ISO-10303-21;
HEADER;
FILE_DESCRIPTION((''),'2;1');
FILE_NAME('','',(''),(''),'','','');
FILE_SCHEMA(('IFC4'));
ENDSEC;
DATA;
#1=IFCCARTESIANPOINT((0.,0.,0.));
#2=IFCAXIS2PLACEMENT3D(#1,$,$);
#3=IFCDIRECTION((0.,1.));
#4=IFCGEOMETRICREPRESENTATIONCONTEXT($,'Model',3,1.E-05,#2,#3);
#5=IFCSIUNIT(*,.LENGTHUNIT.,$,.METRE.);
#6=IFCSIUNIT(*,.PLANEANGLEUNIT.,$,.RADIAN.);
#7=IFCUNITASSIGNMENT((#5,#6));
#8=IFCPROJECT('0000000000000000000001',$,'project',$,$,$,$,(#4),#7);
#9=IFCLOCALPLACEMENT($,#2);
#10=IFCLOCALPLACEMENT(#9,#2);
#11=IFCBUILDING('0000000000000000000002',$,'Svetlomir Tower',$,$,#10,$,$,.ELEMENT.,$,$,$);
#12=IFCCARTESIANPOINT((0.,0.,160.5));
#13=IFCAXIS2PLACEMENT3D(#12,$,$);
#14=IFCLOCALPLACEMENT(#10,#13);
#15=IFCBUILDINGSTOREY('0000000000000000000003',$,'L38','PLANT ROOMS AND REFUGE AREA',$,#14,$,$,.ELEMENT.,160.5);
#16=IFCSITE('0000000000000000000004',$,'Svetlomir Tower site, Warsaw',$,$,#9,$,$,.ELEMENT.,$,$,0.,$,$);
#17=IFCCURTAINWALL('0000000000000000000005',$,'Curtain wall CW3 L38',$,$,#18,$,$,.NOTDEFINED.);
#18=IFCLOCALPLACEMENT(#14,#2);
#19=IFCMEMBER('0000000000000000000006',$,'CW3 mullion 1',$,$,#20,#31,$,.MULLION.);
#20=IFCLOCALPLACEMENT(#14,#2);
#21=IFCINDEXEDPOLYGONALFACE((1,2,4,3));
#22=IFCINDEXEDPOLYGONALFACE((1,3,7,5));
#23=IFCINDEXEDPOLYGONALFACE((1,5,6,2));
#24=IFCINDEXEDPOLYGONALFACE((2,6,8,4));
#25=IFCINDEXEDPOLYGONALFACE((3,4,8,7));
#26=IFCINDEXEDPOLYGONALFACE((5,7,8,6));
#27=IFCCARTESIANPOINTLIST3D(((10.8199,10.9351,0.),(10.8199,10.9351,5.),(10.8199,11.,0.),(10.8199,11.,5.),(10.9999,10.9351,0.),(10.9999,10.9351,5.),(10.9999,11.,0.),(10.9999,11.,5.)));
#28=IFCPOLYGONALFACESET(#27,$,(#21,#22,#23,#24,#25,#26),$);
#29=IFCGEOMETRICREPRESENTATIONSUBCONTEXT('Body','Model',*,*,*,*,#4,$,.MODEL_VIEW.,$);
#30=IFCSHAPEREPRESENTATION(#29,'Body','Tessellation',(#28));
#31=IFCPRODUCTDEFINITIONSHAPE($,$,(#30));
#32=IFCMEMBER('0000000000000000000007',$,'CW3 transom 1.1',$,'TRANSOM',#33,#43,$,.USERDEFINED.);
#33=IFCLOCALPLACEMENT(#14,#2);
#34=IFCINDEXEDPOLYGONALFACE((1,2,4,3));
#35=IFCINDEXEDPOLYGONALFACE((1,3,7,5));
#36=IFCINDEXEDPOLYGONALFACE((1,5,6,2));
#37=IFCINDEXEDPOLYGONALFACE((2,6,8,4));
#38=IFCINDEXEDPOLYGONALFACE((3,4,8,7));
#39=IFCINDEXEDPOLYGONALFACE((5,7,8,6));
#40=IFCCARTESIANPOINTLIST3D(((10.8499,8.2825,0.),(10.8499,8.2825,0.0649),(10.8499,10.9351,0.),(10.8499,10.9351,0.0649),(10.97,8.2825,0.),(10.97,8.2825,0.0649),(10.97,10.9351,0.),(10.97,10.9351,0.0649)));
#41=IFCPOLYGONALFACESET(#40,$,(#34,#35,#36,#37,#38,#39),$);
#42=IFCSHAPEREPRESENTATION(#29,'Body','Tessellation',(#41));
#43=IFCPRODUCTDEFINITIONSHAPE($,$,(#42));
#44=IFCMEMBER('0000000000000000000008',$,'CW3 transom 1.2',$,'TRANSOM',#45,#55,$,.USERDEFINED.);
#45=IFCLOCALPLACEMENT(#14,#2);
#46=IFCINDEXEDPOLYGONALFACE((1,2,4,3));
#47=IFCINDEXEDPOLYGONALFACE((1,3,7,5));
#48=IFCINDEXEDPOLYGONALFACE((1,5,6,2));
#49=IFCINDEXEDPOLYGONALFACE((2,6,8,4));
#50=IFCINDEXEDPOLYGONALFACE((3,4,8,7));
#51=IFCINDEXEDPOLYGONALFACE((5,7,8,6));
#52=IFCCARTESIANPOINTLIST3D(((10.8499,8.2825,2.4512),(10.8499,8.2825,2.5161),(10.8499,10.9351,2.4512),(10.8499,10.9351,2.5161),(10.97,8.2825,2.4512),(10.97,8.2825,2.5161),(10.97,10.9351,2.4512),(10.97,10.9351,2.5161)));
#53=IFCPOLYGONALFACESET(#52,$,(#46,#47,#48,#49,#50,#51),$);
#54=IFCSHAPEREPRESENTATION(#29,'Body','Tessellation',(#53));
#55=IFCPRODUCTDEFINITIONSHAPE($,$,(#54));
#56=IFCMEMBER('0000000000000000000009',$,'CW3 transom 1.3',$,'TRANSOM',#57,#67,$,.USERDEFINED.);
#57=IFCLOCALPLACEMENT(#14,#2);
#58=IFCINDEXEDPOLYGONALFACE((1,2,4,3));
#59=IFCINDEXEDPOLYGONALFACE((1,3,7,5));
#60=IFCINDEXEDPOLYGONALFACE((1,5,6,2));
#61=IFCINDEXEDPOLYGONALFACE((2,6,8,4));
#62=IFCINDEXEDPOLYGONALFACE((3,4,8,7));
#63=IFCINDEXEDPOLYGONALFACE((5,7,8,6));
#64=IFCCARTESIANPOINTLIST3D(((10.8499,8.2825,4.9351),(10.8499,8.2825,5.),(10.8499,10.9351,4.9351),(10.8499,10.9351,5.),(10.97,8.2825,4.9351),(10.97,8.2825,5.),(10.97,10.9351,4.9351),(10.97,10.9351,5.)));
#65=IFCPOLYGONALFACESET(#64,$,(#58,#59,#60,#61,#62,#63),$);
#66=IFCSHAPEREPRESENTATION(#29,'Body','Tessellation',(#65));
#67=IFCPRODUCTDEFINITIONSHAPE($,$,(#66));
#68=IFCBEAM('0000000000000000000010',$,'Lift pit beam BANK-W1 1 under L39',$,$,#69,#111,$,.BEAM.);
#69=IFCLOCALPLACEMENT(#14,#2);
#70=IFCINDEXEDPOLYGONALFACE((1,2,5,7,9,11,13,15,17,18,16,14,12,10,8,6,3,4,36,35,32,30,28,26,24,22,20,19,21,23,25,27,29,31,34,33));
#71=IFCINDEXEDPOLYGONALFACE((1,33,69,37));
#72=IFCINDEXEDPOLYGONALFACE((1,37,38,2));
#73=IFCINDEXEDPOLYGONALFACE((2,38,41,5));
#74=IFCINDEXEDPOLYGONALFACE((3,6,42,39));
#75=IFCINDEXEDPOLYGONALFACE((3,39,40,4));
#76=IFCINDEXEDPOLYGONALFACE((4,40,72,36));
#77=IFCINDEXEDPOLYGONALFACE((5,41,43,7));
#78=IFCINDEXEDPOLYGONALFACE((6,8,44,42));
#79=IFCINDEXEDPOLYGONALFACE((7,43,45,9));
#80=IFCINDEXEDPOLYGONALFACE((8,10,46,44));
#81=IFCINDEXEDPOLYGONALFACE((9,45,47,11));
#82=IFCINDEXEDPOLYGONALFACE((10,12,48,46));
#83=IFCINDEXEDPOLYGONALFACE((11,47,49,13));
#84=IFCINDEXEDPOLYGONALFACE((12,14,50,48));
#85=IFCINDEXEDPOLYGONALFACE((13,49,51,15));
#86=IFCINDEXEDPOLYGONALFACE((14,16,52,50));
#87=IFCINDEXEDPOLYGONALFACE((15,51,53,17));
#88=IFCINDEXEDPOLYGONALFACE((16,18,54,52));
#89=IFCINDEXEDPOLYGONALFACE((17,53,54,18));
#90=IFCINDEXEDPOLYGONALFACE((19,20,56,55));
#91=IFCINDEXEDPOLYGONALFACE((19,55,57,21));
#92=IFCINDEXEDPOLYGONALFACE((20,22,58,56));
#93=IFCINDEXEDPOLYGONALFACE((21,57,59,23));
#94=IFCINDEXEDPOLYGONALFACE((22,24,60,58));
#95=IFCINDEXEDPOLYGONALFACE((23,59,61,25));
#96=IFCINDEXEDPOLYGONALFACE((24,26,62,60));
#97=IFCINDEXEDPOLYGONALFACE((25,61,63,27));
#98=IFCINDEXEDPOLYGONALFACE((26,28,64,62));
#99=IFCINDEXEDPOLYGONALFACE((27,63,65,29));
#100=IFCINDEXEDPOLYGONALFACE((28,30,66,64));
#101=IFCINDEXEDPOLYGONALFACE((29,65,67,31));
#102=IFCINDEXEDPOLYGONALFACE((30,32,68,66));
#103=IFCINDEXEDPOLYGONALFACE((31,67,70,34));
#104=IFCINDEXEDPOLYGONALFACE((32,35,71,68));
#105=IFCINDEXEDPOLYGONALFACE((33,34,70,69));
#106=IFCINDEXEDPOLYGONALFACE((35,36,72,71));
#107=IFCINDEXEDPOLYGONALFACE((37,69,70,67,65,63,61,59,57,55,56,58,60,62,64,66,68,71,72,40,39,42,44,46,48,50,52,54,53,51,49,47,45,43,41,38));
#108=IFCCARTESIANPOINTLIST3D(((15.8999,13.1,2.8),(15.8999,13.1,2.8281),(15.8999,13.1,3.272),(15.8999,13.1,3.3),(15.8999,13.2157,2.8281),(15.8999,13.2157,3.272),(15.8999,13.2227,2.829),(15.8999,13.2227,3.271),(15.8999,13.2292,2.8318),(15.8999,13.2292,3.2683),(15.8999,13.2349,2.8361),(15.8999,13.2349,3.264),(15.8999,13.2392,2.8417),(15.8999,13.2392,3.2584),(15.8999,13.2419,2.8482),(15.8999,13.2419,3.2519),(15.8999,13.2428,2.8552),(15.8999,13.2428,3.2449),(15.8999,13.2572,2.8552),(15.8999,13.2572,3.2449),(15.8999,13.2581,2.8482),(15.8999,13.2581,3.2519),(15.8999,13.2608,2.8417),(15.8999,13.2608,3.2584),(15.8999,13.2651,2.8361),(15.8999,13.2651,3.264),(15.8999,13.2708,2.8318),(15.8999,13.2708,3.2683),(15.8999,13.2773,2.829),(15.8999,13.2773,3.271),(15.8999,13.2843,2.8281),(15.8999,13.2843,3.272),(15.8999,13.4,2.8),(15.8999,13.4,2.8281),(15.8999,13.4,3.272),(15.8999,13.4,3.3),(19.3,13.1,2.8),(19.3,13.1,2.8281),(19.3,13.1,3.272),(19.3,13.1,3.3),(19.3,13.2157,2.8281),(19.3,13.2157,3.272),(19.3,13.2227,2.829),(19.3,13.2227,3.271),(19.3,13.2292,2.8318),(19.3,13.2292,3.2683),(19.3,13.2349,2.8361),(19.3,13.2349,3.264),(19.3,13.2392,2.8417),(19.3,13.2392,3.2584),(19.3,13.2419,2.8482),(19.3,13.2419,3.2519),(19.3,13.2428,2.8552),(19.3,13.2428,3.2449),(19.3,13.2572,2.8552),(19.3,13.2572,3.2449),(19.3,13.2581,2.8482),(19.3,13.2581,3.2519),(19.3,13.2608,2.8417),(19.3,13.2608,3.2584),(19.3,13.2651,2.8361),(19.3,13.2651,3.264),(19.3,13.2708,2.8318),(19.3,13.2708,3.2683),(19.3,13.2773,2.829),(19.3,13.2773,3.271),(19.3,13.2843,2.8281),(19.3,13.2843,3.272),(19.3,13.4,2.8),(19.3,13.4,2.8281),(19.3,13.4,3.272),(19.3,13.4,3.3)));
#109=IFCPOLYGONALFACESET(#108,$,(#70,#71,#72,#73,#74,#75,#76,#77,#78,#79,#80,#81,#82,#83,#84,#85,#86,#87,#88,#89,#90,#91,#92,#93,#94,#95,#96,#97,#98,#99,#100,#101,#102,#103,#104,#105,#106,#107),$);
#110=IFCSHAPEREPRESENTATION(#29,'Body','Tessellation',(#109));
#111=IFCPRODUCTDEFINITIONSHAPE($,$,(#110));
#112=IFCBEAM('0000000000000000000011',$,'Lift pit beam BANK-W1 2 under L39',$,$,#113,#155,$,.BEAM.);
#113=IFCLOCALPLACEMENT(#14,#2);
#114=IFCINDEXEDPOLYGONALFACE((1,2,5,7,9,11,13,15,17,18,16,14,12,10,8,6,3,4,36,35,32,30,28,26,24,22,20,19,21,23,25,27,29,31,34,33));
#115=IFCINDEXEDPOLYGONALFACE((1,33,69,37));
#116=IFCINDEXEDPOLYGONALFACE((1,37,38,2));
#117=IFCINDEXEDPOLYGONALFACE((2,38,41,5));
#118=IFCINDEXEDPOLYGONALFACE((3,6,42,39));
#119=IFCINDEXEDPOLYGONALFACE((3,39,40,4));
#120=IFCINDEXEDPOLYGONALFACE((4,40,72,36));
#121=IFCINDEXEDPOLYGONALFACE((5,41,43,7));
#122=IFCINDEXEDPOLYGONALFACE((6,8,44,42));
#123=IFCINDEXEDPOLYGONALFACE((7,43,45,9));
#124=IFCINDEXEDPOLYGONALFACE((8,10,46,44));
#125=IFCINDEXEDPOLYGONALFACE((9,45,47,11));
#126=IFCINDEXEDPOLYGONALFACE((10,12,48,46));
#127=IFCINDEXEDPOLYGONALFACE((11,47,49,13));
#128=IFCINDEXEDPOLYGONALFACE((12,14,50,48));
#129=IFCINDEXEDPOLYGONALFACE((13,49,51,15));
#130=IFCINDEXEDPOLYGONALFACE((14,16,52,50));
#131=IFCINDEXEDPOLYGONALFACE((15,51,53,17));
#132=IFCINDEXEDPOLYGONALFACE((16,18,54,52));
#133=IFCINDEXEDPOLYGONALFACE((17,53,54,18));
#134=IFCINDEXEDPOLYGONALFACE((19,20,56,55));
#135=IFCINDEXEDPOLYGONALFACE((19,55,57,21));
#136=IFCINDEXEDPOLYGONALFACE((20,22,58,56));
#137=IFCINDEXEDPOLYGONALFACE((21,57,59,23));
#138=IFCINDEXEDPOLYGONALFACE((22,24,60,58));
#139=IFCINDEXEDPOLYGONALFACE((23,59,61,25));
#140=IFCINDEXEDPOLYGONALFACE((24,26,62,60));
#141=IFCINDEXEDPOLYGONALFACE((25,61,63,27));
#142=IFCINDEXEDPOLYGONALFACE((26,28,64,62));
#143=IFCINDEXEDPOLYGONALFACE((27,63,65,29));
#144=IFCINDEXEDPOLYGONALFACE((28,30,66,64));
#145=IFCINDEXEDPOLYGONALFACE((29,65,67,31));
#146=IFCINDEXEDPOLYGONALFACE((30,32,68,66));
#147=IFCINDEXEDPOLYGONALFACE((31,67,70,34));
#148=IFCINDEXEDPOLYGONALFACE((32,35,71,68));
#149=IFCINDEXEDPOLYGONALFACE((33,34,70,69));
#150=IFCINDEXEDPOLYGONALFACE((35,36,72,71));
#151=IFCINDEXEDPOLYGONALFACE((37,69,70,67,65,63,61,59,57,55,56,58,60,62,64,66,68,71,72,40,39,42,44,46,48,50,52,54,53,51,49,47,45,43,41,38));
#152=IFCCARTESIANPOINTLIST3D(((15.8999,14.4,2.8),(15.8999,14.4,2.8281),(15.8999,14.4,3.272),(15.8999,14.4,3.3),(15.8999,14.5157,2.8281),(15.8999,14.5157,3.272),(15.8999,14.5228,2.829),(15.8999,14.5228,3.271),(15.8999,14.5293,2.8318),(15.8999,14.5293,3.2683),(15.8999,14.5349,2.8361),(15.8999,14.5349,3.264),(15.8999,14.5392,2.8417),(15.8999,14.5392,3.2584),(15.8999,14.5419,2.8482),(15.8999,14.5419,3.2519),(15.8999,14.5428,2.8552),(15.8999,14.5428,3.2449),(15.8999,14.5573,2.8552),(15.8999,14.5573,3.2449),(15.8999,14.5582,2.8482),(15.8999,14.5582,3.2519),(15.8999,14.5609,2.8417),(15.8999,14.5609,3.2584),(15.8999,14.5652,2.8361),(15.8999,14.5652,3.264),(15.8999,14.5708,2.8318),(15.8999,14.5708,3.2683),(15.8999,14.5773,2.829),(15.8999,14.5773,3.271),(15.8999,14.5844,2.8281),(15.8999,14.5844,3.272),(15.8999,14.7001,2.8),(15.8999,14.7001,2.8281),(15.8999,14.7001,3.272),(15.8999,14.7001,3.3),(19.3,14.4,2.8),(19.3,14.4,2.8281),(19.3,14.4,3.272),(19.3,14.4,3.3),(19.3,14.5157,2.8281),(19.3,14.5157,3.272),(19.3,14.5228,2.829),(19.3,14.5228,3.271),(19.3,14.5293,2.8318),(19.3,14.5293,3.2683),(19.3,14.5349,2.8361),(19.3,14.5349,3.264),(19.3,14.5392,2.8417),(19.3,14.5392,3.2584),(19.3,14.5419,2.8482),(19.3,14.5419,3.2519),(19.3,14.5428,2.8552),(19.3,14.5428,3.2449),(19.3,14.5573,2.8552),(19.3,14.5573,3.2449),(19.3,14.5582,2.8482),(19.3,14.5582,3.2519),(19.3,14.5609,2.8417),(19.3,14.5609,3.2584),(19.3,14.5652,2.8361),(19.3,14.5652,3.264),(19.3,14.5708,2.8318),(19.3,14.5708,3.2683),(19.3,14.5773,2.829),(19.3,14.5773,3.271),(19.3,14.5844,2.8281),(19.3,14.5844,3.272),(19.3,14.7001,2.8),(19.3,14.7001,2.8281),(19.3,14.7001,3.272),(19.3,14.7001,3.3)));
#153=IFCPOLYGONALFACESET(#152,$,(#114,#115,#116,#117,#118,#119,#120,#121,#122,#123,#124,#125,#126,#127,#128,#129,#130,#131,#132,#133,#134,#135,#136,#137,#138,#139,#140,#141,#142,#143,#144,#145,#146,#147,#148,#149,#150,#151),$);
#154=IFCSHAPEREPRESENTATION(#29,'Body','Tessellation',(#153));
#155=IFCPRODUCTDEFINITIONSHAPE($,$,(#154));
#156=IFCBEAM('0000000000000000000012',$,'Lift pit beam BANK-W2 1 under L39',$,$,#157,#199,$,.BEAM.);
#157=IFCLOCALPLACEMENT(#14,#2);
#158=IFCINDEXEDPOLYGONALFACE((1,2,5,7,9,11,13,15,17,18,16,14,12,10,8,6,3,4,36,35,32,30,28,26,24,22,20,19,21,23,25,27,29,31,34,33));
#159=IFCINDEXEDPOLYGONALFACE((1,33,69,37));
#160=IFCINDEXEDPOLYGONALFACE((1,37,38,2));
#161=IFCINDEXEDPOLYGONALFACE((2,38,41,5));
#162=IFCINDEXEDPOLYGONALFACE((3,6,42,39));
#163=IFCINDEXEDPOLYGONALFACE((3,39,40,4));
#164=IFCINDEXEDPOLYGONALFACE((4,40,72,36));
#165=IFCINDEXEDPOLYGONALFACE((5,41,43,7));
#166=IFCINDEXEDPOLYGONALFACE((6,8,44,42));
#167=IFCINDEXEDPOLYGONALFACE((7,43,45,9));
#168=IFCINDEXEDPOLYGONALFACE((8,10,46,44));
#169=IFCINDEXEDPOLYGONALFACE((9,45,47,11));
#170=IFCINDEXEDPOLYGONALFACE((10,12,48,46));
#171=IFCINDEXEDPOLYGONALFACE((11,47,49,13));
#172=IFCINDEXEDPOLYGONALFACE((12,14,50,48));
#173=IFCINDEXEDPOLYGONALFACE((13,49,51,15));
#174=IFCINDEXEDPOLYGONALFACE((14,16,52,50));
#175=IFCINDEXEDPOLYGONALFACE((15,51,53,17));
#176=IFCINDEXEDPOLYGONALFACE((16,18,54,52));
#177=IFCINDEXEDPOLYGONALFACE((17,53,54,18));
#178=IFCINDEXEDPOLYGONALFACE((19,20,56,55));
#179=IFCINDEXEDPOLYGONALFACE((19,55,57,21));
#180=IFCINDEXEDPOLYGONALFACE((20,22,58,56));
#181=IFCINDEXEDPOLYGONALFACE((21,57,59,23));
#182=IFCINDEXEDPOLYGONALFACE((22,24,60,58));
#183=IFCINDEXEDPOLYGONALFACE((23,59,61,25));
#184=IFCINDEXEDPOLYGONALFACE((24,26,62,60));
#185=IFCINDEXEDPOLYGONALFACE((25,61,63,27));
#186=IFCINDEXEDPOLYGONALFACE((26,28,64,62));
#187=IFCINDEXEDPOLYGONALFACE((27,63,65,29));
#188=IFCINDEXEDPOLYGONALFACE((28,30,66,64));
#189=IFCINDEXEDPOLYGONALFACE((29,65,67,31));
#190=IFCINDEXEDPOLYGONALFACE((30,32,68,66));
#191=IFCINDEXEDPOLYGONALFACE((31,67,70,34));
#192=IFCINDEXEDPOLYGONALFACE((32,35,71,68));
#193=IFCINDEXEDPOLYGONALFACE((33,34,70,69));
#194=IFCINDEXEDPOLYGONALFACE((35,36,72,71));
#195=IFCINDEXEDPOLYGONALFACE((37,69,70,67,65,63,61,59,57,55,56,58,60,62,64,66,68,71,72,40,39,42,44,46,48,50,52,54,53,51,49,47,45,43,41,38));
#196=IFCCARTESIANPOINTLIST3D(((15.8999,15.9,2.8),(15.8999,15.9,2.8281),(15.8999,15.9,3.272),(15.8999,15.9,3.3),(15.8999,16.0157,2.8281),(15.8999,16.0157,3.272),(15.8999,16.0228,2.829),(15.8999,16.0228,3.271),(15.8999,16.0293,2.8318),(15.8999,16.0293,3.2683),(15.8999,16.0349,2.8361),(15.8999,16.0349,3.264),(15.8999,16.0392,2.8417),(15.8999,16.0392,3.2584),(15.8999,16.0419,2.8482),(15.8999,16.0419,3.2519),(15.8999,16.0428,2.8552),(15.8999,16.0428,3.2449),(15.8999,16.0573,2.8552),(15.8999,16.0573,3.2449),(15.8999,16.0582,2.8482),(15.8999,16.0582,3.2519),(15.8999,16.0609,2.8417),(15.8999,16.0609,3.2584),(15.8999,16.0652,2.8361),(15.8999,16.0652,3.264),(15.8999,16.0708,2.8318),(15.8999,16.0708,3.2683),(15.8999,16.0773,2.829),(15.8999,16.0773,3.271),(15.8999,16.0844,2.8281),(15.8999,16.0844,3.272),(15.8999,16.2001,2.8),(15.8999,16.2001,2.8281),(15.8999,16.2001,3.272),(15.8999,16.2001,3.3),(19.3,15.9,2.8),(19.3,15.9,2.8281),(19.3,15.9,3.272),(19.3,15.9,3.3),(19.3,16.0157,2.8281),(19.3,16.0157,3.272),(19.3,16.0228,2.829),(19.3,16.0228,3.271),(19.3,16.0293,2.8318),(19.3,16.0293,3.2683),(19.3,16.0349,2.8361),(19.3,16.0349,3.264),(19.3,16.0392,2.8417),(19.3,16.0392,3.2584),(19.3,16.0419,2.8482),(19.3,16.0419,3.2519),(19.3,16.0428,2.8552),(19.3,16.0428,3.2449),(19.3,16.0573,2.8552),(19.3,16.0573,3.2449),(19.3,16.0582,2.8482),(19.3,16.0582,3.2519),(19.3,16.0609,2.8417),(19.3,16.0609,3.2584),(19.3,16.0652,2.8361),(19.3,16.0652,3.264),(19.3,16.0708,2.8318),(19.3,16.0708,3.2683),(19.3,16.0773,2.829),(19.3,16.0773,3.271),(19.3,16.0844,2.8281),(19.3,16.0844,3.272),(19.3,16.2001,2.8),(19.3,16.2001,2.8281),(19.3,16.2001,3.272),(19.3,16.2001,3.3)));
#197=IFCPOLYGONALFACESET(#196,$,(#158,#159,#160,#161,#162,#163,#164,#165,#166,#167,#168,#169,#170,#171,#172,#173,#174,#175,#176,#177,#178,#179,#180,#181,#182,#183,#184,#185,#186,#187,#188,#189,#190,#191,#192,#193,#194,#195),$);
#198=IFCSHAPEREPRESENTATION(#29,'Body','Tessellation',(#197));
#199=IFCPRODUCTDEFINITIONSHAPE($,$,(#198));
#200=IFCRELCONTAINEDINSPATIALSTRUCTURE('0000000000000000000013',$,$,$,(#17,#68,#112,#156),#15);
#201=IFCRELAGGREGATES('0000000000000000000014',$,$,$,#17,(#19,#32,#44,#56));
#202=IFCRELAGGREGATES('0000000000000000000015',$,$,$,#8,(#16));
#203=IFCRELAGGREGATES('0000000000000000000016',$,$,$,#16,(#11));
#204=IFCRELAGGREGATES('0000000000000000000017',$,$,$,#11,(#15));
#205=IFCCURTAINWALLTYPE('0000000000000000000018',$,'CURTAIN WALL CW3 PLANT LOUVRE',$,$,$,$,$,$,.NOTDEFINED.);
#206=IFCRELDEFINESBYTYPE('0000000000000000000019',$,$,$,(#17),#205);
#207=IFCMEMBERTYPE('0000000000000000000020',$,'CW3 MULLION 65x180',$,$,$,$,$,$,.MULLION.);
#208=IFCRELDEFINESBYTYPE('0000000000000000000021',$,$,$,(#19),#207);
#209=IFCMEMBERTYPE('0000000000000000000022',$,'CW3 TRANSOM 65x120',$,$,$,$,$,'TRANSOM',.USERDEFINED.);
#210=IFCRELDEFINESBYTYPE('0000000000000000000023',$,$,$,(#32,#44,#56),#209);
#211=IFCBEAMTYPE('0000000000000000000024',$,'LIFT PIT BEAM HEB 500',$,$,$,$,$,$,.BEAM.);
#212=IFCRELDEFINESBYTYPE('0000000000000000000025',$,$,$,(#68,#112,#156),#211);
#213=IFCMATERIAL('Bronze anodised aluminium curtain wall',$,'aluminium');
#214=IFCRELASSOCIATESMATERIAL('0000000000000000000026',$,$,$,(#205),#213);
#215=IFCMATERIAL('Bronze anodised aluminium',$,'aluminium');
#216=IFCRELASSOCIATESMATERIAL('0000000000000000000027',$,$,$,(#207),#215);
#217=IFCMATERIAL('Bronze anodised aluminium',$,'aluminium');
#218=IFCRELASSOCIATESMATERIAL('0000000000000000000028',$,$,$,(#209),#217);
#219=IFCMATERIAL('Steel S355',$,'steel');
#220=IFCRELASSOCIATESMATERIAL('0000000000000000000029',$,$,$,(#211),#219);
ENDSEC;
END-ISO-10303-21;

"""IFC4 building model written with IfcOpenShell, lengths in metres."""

from ifc_helpers import new_model, si_unit, direction, frame, origin, origin_2d, place, context, subcontext, project, spatial, rectangle, i_section, extrude, material, material_profile, profile_set, type_object, element, aggregate, save


model = new_model("IFC4")

# Units and contexts
model_context = context("Model", 3, precision=1e-05, world=origin(), true_north=direction((0.0, 1.0)))
body_context = subcontext(model_context, "Body", "Model", "MODEL_VIEW")
ifc_project = project(units=[si_unit("LENGTHUNIT", "METRE"), si_unit("PLANEANGLEUNIT", "RADIAN")], contexts=[model_context])

# Site, building, storey
site_placement = place(None, origin())
site = spatial("IfcSite", under=ifc_project, at=site_placement, Name="Svetlomir Tower site, Warsaw", CompositionType="ELEMENT", RefElevation=0.0)
building_placement = place(site_placement, origin())
building = spatial("IfcBuilding", under=site, at=building_placement, Name="Svetlomir Tower", CompositionType="ELEMENT")
storey_placement = place(building_placement, frame((0.0, 0.0, 160.5)))
storey = spatial("IfcBuildingStorey", under=building, at=storey_placement, Name="L38", Description="PLANT ROOMS AND REFUGE AREA", CompositionType="ELEMENT", Elevation=160.5)

# Curtain wall, members
ifc_material_1 = material(Name="Bronze anodised aluminium curtain wall", Category="aluminium")
curtain_wall_type = type_object("IfcCurtainWallType", Name="CURTAIN WALL CW3 PLANT LOUVRE", PredefinedType="NOTDEFINED", material=ifc_material_1)
curtain_wall_placement = place(storey_placement, origin())
curtain_wall = element("IfcCurtainWall", 1, at=curtain_wall_placement, inside=storey, type_object=curtain_wall_type, Name="Curtain wall CW3 L38", PredefinedType="NOTDEFINED")
ifc_material_2 = material(Name="Bronze anodised aluminium", Category="aluminium")
ifc_material_profile_1 = material_profile(ifc_material_2, rectangle(XDim=0.0649, YDim=0.1799, at=origin_2d()), Name="AL 65x180")
ifc_profile_set_1 = profile_set([ifc_material_profile_1], Name="Bronze anodised aluminium 6063-T6")
member_type_1 = type_object("IfcMemberType", Name="CW3 MULLION 65x180", PredefinedType="MULLION", material=ifc_profile_set_1)
member_1_placement = place(storey_placement, frame((10.9099, 10.9675, 0.0), z_axis=(0.0, 0.0, 1.0), x_axis=(0.0, -1.0, 0.0)))
member_1 = element("IfcMember", 2, at=member_1_placement, type_object=member_type_1, Name="CW3 mullion 1", PredefinedType="MULLION", context=body_context, shape_type="SweptSolid", body=[
    extrude(rectangle(XDim=0.0649, YDim=0.1799, at=origin_2d()), origin(), (0.0, 0.0, 1.0), 5.0),
])
ifc_material_3 = material(Name="Bronze anodised aluminium", Category="aluminium")
ifc_material_profile_2 = material_profile(ifc_material_3, rectangle(XDim=0.1201, YDim=0.0649, at=origin_2d()), Name="AL 120x65")
ifc_profile_set_2 = profile_set([ifc_material_profile_2], Name="Bronze anodised aluminium 6063-T6")
member_type_2 = type_object("IfcMemberType", Name="CW3 TRANSOM 65x120", ElementType="TRANSOM", PredefinedType="USERDEFINED", material=ifc_profile_set_2)
member_2_placement = place(storey_placement, frame((10.9099, 10.9351, 0.0325), z_axis=(0.0, -1.0, 0.0), x_axis=(1.0, 0.0, 0.0)))
member_2 = element("IfcMember", 3, at=member_2_placement, type_object=member_type_2, Name="CW3 transom 1.1", ObjectType="TRANSOM", PredefinedType="USERDEFINED", context=body_context, shape_type="SweptSolid", body=[
    extrude(rectangle(XDim=0.1201, YDim=0.0649, at=origin_2d()), origin(), (0.0, 0.0, 1.0), 2.6526),
])
member_3_placement = place(storey_placement, frame((10.9099, 10.9351, 2.4836), z_axis=(0.0, -1.0, 0.0), x_axis=(1.0, 0.0, 0.0)))
member_3 = element("IfcMember", 4, at=member_3_placement, type_object=member_type_2, Name="CW3 transom 1.2", ObjectType="TRANSOM", PredefinedType="USERDEFINED", context=body_context, shape_type="SweptSolid", body=[
    extrude(rectangle(XDim=0.1201, YDim=0.0649, at=origin_2d()), origin(), (0.0, 0.0, 1.0), 2.6526),
])
member_4_placement = place(storey_placement, frame((10.9099, 10.9351, 4.9675), z_axis=(0.0, -1.0, 0.0), x_axis=(1.0, 0.0, 0.0)))
member_4 = element("IfcMember", 5, at=member_4_placement, type_object=member_type_2, Name="CW3 transom 1.3", ObjectType="TRANSOM", PredefinedType="USERDEFINED", context=body_context, shape_type="SweptSolid", body=[
    extrude(rectangle(XDim=0.1201, YDim=0.0649, at=origin_2d()), origin(), (0.0, 0.0, 1.0), 2.6526),
])
aggregate(curtain_wall, [member_1, member_2, member_3, member_4])

# Beams
ifc_material_4 = material(Name="Steel S355", Category="steel")
ifc_material_profile_3 = material_profile(ifc_material_4, i_section(OverallWidth=0.3, OverallDepth=0.5, WebThickness=0.0144, FlangeThickness=0.0281, FilletRadius=0.0271, at=origin_2d()), Name="HEB 500")
ifc_profile_set_3 = profile_set([ifc_material_profile_3], Name="Steel S355")
beam_type = type_object("IfcBeamType", Name="LIFT PIT BEAM HEB 500", PredefinedType="BEAM", material=ifc_profile_set_3)
for number, where, z_axis, x_axis, name in (
    (6, (15.8999, 13.25, 3.05), (1.0, 0.0, 0.0), (0.0, 1.0, 0.0), "Lift pit beam BANK-W1 1 under L39"),
    (7, (15.8999, 14.55, 3.05), (1.0, 0.0, 0.0), (0.0, 1.0, 0.0), "Lift pit beam BANK-W1 2 under L39"),
    (8, (15.8999, 16.05, 3.05), (1.0, 0.0, 0.0), (0.0, 1.0, 0.0), "Lift pit beam BANK-W2 1 under L39"),
):
    element("IfcBeam", number, at=place(storey_placement, frame(where, z_axis=z_axis, x_axis=x_axis)), inside=storey, type_object=beam_type, Name=name, PredefinedType="BEAM", context=body_context, shape_type="SweptSolid", body=[
        extrude(i_section(OverallWidth=0.3, OverallDepth=0.5, WebThickness=0.0144, FlangeThickness=0.0281, FilletRadius=0.0271, at=origin_2d()), origin(), (0.0, 0.0, 1.0), 3.4001),
    ])

save(model, "model.ifc")
